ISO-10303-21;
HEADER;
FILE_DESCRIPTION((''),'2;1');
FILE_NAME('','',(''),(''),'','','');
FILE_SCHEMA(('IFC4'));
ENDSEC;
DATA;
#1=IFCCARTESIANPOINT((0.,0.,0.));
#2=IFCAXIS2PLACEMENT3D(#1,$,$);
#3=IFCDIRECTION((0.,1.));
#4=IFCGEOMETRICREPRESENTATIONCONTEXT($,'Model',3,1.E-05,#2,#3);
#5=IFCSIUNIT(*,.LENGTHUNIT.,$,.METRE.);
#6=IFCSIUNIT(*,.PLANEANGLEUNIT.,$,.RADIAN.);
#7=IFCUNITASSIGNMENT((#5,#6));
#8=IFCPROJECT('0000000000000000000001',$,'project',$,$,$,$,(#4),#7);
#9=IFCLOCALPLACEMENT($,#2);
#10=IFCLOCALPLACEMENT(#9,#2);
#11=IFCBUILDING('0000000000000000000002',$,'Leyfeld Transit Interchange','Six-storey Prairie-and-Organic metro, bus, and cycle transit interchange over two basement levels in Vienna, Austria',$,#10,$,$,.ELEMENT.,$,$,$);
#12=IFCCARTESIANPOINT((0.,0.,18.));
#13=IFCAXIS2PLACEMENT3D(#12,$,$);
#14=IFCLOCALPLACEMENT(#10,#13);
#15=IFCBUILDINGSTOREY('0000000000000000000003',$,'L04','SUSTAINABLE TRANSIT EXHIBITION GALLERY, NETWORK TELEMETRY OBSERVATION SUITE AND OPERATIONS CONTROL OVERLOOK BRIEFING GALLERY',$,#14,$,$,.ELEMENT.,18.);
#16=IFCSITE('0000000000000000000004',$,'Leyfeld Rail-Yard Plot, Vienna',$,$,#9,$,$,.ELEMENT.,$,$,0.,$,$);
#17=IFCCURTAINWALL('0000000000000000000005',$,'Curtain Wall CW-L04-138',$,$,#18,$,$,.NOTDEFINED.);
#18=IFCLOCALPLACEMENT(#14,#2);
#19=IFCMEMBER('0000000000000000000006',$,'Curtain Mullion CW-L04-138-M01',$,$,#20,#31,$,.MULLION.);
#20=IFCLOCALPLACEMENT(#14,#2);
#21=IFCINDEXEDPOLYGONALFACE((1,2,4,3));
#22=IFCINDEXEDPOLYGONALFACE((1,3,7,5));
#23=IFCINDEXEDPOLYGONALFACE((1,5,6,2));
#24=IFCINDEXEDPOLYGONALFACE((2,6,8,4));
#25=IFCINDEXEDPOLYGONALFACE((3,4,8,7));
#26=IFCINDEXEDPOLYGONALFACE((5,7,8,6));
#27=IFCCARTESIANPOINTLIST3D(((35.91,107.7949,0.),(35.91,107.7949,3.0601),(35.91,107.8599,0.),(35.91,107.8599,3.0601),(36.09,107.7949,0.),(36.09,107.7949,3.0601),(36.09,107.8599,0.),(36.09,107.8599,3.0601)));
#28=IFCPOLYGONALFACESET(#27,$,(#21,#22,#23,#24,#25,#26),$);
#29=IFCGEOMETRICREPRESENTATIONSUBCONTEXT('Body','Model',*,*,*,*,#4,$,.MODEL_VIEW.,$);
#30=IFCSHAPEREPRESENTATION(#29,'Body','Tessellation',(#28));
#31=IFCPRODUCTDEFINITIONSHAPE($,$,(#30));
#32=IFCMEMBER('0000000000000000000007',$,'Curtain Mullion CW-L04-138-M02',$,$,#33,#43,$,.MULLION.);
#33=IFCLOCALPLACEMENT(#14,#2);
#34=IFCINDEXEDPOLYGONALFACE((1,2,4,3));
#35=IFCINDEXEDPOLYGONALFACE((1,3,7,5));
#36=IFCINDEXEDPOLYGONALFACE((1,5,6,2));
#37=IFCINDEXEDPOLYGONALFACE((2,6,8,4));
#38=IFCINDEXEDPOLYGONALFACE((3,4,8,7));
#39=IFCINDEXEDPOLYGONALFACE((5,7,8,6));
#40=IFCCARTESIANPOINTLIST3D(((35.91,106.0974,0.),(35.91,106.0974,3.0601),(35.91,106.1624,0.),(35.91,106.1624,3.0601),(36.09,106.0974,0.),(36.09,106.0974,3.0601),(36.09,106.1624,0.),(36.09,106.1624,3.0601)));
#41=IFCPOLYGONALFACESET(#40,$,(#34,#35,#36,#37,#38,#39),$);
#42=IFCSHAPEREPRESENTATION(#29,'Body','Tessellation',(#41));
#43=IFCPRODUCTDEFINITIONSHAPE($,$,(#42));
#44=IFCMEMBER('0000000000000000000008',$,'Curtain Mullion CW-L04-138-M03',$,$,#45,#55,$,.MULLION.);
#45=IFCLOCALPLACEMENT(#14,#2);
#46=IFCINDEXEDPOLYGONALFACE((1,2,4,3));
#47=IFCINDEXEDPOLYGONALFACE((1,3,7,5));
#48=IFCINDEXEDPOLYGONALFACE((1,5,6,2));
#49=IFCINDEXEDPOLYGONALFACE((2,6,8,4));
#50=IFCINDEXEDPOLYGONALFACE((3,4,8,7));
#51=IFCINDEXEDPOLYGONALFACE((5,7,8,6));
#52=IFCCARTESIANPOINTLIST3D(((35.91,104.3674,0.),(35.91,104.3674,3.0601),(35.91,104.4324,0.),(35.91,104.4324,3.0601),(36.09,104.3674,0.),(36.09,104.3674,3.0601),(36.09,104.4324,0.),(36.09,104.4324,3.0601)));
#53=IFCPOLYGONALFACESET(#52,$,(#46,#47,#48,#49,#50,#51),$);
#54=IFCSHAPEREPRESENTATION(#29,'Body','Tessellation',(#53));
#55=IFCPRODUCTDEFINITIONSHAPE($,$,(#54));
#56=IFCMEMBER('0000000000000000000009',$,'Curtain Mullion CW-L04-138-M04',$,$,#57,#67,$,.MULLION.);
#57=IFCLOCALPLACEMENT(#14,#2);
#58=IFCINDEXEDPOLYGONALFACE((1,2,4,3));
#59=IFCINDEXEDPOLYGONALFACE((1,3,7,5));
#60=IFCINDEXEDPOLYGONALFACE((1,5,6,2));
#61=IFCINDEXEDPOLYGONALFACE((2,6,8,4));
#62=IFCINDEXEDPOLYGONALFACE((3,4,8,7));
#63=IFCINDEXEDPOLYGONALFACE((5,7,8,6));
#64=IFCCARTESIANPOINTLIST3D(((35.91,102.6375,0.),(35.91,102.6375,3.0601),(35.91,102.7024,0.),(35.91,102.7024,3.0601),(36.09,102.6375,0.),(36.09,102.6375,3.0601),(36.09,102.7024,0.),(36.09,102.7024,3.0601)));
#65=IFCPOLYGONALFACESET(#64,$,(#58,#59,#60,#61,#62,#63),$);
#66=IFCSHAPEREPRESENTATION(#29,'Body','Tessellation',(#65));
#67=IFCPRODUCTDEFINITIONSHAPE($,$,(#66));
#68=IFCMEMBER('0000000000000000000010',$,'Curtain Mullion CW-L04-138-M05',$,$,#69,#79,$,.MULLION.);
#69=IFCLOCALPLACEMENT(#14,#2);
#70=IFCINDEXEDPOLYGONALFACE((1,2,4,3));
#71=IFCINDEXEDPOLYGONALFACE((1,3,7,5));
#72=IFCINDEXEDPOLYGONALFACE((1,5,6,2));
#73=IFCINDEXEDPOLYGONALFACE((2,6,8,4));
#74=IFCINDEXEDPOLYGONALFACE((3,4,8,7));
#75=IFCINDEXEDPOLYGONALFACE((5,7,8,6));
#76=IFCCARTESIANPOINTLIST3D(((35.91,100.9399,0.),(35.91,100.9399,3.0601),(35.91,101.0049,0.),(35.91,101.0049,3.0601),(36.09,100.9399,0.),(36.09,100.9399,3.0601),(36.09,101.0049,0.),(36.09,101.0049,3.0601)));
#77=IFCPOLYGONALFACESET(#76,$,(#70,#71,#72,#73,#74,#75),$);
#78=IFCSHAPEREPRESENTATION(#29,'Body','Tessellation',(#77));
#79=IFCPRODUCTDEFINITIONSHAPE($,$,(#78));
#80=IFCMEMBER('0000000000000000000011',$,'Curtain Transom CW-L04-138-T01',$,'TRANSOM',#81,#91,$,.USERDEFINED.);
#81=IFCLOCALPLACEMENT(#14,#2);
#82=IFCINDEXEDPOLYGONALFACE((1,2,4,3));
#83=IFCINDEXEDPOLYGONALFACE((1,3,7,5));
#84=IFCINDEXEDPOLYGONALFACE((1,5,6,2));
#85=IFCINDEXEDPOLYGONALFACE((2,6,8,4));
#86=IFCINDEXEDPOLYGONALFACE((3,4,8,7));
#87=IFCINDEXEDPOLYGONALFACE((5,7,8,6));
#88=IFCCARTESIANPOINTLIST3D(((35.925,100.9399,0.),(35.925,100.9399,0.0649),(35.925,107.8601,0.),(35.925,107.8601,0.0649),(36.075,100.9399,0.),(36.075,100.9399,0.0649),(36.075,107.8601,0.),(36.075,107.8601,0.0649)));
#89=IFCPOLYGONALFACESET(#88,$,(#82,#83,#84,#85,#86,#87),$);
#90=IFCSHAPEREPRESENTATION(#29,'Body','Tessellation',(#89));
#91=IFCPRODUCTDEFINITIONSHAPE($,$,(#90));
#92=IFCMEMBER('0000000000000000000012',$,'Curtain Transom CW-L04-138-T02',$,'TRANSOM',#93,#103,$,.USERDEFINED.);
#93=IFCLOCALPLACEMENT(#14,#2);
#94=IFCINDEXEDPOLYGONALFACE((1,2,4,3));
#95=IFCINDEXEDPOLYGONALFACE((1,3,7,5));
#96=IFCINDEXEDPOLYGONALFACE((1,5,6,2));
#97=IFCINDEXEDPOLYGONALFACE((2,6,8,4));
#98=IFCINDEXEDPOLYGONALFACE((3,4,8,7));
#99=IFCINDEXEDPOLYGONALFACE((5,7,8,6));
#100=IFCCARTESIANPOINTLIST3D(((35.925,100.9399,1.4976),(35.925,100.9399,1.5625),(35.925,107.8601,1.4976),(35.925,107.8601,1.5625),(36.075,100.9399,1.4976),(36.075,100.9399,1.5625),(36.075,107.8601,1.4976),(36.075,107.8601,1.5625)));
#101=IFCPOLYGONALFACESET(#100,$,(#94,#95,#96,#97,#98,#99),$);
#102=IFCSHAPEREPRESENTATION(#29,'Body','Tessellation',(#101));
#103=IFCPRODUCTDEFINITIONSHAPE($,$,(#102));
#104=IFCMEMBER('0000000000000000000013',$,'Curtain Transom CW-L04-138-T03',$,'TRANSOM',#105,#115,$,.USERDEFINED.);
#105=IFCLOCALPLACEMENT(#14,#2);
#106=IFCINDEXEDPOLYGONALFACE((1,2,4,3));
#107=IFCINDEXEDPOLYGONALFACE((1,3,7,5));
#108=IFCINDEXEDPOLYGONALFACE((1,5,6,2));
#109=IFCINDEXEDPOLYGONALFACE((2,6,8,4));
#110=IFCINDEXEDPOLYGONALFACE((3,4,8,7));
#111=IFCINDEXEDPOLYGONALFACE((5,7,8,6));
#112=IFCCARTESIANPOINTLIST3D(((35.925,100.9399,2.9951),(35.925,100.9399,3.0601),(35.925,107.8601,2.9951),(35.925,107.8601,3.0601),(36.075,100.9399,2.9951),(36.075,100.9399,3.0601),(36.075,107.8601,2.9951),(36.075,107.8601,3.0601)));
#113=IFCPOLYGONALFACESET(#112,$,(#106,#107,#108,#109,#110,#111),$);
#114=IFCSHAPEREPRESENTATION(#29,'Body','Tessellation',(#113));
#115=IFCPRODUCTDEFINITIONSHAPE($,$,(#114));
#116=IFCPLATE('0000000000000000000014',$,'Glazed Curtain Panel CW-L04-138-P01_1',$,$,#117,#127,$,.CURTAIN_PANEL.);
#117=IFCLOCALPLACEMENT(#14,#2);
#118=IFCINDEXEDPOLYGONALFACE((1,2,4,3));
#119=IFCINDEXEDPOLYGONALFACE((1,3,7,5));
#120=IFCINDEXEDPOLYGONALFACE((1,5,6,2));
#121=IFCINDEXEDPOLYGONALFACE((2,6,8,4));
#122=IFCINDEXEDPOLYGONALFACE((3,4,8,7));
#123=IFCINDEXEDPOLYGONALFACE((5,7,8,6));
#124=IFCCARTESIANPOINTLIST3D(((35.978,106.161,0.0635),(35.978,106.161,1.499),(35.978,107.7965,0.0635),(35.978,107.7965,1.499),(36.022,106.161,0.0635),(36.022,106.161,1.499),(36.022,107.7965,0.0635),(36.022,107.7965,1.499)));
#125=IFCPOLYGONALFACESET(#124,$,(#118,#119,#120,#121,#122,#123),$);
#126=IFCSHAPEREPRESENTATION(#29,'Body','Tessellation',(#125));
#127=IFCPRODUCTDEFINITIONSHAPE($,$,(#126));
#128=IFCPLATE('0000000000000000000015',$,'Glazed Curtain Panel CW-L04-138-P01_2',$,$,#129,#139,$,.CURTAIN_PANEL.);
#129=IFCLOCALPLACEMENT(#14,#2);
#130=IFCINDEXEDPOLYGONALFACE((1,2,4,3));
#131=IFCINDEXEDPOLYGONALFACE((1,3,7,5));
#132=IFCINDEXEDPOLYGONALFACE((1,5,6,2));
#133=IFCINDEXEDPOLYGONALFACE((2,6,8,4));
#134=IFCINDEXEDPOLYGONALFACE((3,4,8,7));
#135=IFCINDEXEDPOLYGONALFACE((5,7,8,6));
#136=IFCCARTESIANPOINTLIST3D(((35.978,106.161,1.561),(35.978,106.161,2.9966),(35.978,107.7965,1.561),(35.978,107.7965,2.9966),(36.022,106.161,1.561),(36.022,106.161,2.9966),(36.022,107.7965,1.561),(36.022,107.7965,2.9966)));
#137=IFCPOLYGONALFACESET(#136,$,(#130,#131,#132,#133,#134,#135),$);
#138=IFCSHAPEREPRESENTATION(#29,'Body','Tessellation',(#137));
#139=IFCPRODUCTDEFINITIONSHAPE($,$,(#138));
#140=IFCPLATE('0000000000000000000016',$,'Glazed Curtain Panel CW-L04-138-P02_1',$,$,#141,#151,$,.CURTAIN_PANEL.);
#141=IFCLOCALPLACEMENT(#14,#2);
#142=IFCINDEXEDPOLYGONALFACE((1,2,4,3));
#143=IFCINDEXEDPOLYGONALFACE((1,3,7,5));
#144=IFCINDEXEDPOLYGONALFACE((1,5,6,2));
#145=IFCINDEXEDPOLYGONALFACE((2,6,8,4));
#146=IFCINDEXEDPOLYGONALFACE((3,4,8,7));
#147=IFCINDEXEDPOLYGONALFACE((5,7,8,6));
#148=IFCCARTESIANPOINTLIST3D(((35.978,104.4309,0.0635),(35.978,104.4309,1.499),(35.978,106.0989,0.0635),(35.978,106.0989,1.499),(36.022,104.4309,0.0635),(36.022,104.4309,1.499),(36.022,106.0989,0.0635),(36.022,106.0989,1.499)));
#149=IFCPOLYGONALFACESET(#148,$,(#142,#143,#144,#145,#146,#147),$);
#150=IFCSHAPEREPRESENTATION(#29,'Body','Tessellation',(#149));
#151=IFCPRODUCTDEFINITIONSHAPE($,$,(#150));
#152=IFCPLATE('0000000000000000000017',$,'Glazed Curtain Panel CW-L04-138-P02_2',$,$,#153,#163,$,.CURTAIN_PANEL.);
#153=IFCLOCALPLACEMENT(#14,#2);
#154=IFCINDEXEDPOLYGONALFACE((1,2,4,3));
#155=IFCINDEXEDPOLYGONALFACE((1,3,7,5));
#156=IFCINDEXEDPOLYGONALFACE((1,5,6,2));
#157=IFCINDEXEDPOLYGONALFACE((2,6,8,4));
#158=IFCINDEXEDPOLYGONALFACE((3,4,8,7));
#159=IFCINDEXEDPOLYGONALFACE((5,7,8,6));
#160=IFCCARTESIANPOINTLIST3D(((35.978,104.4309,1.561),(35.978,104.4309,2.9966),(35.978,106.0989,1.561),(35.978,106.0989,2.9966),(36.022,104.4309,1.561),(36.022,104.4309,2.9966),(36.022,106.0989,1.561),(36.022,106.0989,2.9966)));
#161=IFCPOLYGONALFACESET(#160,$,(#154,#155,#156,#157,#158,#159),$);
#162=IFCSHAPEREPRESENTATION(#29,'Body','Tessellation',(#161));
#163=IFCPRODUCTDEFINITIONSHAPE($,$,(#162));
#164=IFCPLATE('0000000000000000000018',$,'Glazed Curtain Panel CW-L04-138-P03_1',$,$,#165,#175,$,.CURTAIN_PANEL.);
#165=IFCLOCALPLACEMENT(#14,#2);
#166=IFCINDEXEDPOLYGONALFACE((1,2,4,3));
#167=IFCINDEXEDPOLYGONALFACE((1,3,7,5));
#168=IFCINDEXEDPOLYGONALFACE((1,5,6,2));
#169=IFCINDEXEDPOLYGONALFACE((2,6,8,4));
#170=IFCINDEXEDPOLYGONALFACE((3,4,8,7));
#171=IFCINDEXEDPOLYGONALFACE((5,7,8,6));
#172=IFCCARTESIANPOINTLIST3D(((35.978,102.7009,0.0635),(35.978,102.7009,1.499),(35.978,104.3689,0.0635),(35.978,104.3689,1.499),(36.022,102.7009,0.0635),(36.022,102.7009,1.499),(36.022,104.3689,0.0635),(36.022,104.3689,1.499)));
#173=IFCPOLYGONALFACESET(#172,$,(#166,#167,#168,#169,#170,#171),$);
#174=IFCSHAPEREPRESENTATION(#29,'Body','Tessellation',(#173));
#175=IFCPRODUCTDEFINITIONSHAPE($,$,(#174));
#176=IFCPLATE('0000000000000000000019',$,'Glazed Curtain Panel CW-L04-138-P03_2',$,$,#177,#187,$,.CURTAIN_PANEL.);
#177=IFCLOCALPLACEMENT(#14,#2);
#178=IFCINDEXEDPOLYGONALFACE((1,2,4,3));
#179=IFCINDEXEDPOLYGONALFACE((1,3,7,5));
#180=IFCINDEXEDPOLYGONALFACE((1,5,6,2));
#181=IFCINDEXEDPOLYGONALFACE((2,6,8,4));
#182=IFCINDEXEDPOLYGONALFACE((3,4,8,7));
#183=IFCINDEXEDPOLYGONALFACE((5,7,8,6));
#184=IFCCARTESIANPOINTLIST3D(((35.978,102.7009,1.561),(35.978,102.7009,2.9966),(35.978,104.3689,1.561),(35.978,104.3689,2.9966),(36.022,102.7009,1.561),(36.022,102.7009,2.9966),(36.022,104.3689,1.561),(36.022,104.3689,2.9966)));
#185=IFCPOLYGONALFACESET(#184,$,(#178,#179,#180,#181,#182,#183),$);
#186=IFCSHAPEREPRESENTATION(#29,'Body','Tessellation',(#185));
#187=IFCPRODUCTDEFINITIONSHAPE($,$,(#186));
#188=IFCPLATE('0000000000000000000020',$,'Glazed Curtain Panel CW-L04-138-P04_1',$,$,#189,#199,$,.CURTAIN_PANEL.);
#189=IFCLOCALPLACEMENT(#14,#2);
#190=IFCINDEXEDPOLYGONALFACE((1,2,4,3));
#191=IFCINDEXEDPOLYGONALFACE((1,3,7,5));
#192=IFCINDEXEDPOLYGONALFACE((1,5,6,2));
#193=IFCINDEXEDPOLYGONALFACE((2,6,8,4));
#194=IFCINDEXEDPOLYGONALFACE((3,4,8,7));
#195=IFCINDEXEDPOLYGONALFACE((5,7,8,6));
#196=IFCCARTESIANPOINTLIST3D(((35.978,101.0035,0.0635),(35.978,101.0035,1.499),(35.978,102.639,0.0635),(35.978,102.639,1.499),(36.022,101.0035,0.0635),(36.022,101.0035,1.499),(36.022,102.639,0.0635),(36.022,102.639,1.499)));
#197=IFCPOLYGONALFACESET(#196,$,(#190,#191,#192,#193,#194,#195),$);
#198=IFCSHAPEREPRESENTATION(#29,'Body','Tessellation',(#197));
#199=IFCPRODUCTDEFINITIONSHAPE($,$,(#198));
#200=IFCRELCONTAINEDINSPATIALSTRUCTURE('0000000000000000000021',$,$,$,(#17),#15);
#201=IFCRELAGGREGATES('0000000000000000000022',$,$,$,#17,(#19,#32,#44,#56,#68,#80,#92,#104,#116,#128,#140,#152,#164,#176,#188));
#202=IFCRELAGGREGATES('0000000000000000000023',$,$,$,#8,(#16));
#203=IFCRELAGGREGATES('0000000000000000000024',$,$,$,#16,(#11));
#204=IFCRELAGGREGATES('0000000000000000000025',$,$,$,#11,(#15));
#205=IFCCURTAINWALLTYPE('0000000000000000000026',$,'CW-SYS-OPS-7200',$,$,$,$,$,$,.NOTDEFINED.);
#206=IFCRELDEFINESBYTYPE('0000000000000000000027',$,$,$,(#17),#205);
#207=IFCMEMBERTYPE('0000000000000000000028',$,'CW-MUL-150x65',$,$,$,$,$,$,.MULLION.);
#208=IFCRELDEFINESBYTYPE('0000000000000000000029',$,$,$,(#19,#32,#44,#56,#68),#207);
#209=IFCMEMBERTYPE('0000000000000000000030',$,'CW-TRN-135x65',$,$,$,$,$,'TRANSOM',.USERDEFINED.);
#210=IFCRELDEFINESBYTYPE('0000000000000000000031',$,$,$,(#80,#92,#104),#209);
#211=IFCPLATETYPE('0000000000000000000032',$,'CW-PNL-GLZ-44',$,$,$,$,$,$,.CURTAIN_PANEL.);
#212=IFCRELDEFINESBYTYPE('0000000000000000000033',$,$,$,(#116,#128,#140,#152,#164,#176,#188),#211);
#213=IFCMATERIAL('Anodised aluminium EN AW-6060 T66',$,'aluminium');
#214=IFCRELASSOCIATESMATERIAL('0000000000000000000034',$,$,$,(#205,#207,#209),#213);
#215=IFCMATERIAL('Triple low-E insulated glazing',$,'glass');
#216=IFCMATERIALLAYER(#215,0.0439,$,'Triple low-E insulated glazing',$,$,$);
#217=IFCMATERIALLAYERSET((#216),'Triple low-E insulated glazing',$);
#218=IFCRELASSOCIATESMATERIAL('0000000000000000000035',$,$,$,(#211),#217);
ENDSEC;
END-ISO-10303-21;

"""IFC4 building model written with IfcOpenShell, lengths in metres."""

from ifc_helpers import new_model, si_unit, direction, frame, origin, origin_2d, place, context, subcontext, project, spatial, rectangle, extrude, material, layer, layer_set, material_profile, profile_set, type_object, element, aggregate, save


model = new_model("IFC4")

# Units and contexts
model_context = context("Model", 3, precision=1e-05, world=origin(), true_north=direction((0.0, 1.0)))
body_context = subcontext(model_context, "Body", "Model", "MODEL_VIEW")
ifc_project = project(units=[si_unit("LENGTHUNIT", "METRE"), si_unit("PLANEANGLEUNIT", "RADIAN")], contexts=[model_context])

# Site, building, storey
site_placement = place(None, origin())
site = spatial("IfcSite", under=ifc_project, at=site_placement, Name="Leyfeld Rail-Yard Plot, Vienna", CompositionType="ELEMENT", RefElevation=0.0)
building_placement = place(site_placement, origin())
building = spatial("IfcBuilding", under=site, at=building_placement, Name="Leyfeld Transit Interchange", Description="Six-storey Prairie-and-Organic metro, bus, and cycle transit interchange over two basement levels in Vienna, Austria", CompositionType="ELEMENT")
storey_placement = place(building_placement, frame((0.0, 0.0, 18.0)))
storey = spatial("IfcBuildingStorey", under=building, at=storey_placement, Name="L04", Description="SUSTAINABLE TRANSIT EXHIBITION GALLERY, NETWORK TELEMETRY OBSERVATION SUITE AND OPERATIONS CONTROL OVERLOOK BRIEFING GALLERY", CompositionType="ELEMENT", Elevation=18.0)

# Curtain wall, members, plates
ifc_material_1 = material(Name="Anodised aluminium EN AW-6060 T66", Category="aluminium")
curtain_wall_type = type_object("IfcCurtainWallType", Name="CW-SYS-OPS-7200", PredefinedType="NOTDEFINED", material=ifc_material_1)
curtain_wall_placement = place(storey_placement, origin())
curtain_wall = element("IfcCurtainWall", 1, at=curtain_wall_placement, inside=storey, type_object=curtain_wall_type, Name="Curtain Wall CW-L04-138", PredefinedType="NOTDEFINED")
ifc_material_profile_1 = material_profile(ifc_material_1, rectangle(XDim=0.0649, YDim=0.1799, at=origin_2d()), Name="CW-M 65x180")
ifc_profile_set_1 = profile_set([ifc_material_profile_1], Name="Anodised aluminium EN AW-6060 T66")
member_type_1 = type_object("IfcMemberType", Name="CW-MUL-150x65", PredefinedType="MULLION", material=ifc_profile_set_1)
member_1_placement = place(storey_placement, frame((36.0, 107.8274, 0.0), z_axis=(0.0, 0.0, 1.0), x_axis=(0.0, -1.0, 0.0)))
member_1 = element("IfcMember", 2, at=member_1_placement, type_object=member_type_1, Name="Curtain Mullion CW-L04-138-M01", PredefinedType="MULLION", context=body_context, shape_type="SweptSolid", body=[
    extrude(rectangle(XDim=0.0649, YDim=0.1799, at=origin_2d()), origin(), (0.0, 0.0, 1.0), 3.0601),
])
member_2_placement = place(storey_placement, frame((36.0, 106.1299, 0.0), z_axis=(0.0, 0.0, 1.0), x_axis=(0.0, -1.0, 0.0)))
member_2 = element("IfcMember", 3, at=member_2_placement, type_object=member_type_1, Name="Curtain Mullion CW-L04-138-M02", PredefinedType="MULLION", context=body_context, shape_type="SweptSolid", body=[
    extrude(rectangle(XDim=0.0649, YDim=0.1799, at=origin_2d()), origin(), (0.0, 0.0, 1.0), 3.0601),
])
member_3_placement = place(storey_placement, frame((36.0, 104.3999, 0.0), z_axis=(0.0, 0.0, 1.0), x_axis=(0.0, -1.0, 0.0)))
member_3 = element("IfcMember", 4, at=member_3_placement, type_object=member_type_1, Name="Curtain Mullion CW-L04-138-M03", PredefinedType="MULLION", context=body_context, shape_type="SweptSolid", body=[
    extrude(rectangle(XDim=0.0649, YDim=0.1799, at=origin_2d()), origin(), (0.0, 0.0, 1.0), 3.0601),
])
member_4_placement = place(storey_placement, frame((36.0, 102.6699, 0.0), z_axis=(0.0, 0.0, 1.0), x_axis=(0.0, -1.0, 0.0)))
member_4 = element("IfcMember", 5, at=member_4_placement, type_object=member_type_1, Name="Curtain Mullion CW-L04-138-M04", PredefinedType="MULLION", context=body_context, shape_type="SweptSolid", body=[
    extrude(rectangle(XDim=0.0649, YDim=0.1799, at=origin_2d()), origin(), (0.0, 0.0, 1.0), 3.0601),
])
member_5_placement = place(storey_placement, frame((36.0, 100.9724, 0.0), z_axis=(0.0, 0.0, 1.0), x_axis=(0.0, -1.0, 0.0)))
member_5 = element("IfcMember", 6, at=member_5_placement, type_object=member_type_1, Name="Curtain Mullion CW-L04-138-M05", PredefinedType="MULLION", context=body_context, shape_type="SweptSolid", body=[
    extrude(rectangle(XDim=0.0649, YDim=0.1799, at=origin_2d()), origin(), (0.0, 0.0, 1.0), 3.0601),
])
ifc_material_profile_2 = material_profile(ifc_material_1, rectangle(XDim=0.1499, YDim=0.0649, at=origin_2d()), Name="CW-TRN-135x65")
ifc_profile_set_2 = profile_set([ifc_material_profile_2], Name="Anodised aluminium EN AW-6060 T66")
member_type_2 = type_object("IfcMemberType", Name="CW-TRN-135x65", ElementType="TRANSOM", PredefinedType="USERDEFINED", material=ifc_profile_set_2)
member_6_placement = place(storey_placement, frame((36.0, 107.8601, 0.0325), z_axis=(0.0, -1.0, 0.0), x_axis=(1.0, 0.0, 0.0)))
member_6 = element("IfcMember", 7, at=member_6_placement, type_object=member_type_2, Name="Curtain Transom CW-L04-138-T01", ObjectType="TRANSOM", PredefinedType="USERDEFINED", context=body_context, shape_type="SweptSolid", body=[
    extrude(rectangle(XDim=0.1499, YDim=0.0649, at=origin_2d()), origin(), (0.0, 0.0, 1.0), 6.9202),
])
member_7_placement = place(storey_placement, frame((36.0, 107.8601, 1.53), z_axis=(0.0, -1.0, 0.0), x_axis=(1.0, 0.0, 0.0)))
member_7 = element("IfcMember", 8, at=member_7_placement, type_object=member_type_2, Name="Curtain Transom CW-L04-138-T02", ObjectType="TRANSOM", PredefinedType="USERDEFINED", context=body_context, shape_type="SweptSolid", body=[
    extrude(rectangle(XDim=0.1499, YDim=0.0649, at=origin_2d()), origin(), (0.0, 0.0, 1.0), 6.9202),
])
member_8_placement = place(storey_placement, frame((36.0, 107.8601, 3.0276), z_axis=(0.0, -1.0, 0.0), x_axis=(1.0, 0.0, 0.0)))
member_8 = element("IfcMember", 9, at=member_8_placement, type_object=member_type_2, Name="Curtain Transom CW-L04-138-T03", ObjectType="TRANSOM", PredefinedType="USERDEFINED", context=body_context, shape_type="SweptSolid", body=[
    extrude(rectangle(XDim=0.1499, YDim=0.0649, at=origin_2d()), origin(), (0.0, 0.0, 1.0), 6.9202),
])
ifc_material_2 = material(Name="Triple low-E insulated glazing", Category="glass")
ifc_layer_1 = layer(ifc_material_2, 0.0439, Name="Triple low-E insulated glazing")
ifc_layer_set_1 = layer_set([ifc_layer_1], Name="Triple low-E insulated glazing")
plate_type_1 = type_object("IfcPlateType", Name="CW-PNL-GLZ-44", PredefinedType="CURTAIN_PANEL", material=ifc_layer_set_1)
plate_1_placement = place(storey_placement, frame((36.0, 106.9788, 0.0635), z_axis=(0.0, 0.0, 1.0), x_axis=(0.0, -1.0, 0.0)))
plate_1 = element("IfcPlate", 10, at=plate_1_placement, type_object=plate_type_1, Name="Glazed Curtain Panel CW-L04-138-P01_1", PredefinedType="CURTAIN_PANEL", context=body_context, shape_type="SweptSolid", body=[
    extrude(rectangle(XDim=1.6355, YDim=0.0439, at=origin_2d()), origin(), (0.0, 0.0, 1.0), 1.4355),
])
plate_2_placement = place(storey_placement, frame((36.0, 106.9788, 1.561), z_axis=(0.0, 0.0, 1.0), x_axis=(0.0, -1.0, 0.0)))
plate_2 = element("IfcPlate", 11, at=plate_2_placement, type_object=plate_type_1, Name="Glazed Curtain Panel CW-L04-138-P01_2", PredefinedType="CURTAIN_PANEL", context=body_context, shape_type="SweptSolid", body=[
    extrude(rectangle(XDim=1.6355, YDim=0.0439, at=origin_2d()), origin(), (0.0, 0.0, 1.0), 1.4355),
])
plate_3_placement = place(storey_placement, frame((36.0, 105.2649, 0.0635), z_axis=(0.0, 0.0, 1.0), x_axis=(0.0, -1.0, 0.0)))
plate_3 = element("IfcPlate", 12, at=plate_3_placement, type_object=plate_type_1, Name="Glazed Curtain Panel CW-L04-138-P02_1", PredefinedType="CURTAIN_PANEL", context=body_context, shape_type="SweptSolid", body=[
    extrude(rectangle(XDim=1.668, YDim=0.0439, at=origin_2d()), origin(), (0.0, 0.0, 1.0), 1.4355),
])
plate_4_placement = place(storey_placement, frame((36.0, 105.2649, 1.561), z_axis=(0.0, 0.0, 1.0), x_axis=(0.0, -1.0, 0.0)))
plate_4 = element("IfcPlate", 13, at=plate_4_placement, type_object=plate_type_1, Name="Glazed Curtain Panel CW-L04-138-P02_2", PredefinedType="CURTAIN_PANEL", context=body_context, shape_type="SweptSolid", body=[
    extrude(rectangle(XDim=1.668, YDim=0.0439, at=origin_2d()), origin(), (0.0, 0.0, 1.0), 1.4355),
])
plate_5_placement = place(storey_placement, frame((36.0, 103.5349, 0.0635), z_axis=(0.0, 0.0, 1.0), x_axis=(0.0, -1.0, 0.0)))
plate_5 = element("IfcPlate", 14, at=plate_5_placement, type_object=plate_type_1, Name="Glazed Curtain Panel CW-L04-138-P03_1", PredefinedType="CURTAIN_PANEL", context=body_context, shape_type="SweptSolid", body=[
    extrude(rectangle(XDim=1.668, YDim=0.0439, at=origin_2d()), origin(), (0.0, 0.0, 1.0), 1.4355),
])
plate_6_placement = place(storey_placement, frame((36.0, 103.5349, 1.561), z_axis=(0.0, 0.0, 1.0), x_axis=(0.0, -1.0, 0.0)))
plate_6 = element("IfcPlate", 15, at=plate_6_placement, type_object=plate_type_1, Name="Glazed Curtain Panel CW-L04-138-P03_2", PredefinedType="CURTAIN_PANEL", context=body_context, shape_type="SweptSolid", body=[
    extrude(rectangle(XDim=1.668, YDim=0.0439, at=origin_2d()), origin(), (0.0, 0.0, 1.0), 1.4355),
])
plate_7_placement = place(storey_placement, frame((36.0, 101.8213, 0.0635), z_axis=(0.0, 0.0, 1.0), x_axis=(0.0, -1.0, 0.0)))
plate_7 = element("IfcPlate", 16, at=plate_7_placement, type_object=plate_type_1, Name="Glazed Curtain Panel CW-L04-138-P04_1", PredefinedType="CURTAIN_PANEL", context=body_context, shape_type="SweptSolid", body=[
    extrude(rectangle(XDim=1.6355, YDim=0.0439, at=origin_2d()), origin(), (0.0, 0.0, 1.0), 1.4355),
])
aggregate(curtain_wall, [member_1, member_2, member_3, member_4, member_5, member_6, member_7, member_8, plate_1, plate_2, plate_3, plate_4, plate_5, plate_6, plate_7])

save(model, "model.ifc")
